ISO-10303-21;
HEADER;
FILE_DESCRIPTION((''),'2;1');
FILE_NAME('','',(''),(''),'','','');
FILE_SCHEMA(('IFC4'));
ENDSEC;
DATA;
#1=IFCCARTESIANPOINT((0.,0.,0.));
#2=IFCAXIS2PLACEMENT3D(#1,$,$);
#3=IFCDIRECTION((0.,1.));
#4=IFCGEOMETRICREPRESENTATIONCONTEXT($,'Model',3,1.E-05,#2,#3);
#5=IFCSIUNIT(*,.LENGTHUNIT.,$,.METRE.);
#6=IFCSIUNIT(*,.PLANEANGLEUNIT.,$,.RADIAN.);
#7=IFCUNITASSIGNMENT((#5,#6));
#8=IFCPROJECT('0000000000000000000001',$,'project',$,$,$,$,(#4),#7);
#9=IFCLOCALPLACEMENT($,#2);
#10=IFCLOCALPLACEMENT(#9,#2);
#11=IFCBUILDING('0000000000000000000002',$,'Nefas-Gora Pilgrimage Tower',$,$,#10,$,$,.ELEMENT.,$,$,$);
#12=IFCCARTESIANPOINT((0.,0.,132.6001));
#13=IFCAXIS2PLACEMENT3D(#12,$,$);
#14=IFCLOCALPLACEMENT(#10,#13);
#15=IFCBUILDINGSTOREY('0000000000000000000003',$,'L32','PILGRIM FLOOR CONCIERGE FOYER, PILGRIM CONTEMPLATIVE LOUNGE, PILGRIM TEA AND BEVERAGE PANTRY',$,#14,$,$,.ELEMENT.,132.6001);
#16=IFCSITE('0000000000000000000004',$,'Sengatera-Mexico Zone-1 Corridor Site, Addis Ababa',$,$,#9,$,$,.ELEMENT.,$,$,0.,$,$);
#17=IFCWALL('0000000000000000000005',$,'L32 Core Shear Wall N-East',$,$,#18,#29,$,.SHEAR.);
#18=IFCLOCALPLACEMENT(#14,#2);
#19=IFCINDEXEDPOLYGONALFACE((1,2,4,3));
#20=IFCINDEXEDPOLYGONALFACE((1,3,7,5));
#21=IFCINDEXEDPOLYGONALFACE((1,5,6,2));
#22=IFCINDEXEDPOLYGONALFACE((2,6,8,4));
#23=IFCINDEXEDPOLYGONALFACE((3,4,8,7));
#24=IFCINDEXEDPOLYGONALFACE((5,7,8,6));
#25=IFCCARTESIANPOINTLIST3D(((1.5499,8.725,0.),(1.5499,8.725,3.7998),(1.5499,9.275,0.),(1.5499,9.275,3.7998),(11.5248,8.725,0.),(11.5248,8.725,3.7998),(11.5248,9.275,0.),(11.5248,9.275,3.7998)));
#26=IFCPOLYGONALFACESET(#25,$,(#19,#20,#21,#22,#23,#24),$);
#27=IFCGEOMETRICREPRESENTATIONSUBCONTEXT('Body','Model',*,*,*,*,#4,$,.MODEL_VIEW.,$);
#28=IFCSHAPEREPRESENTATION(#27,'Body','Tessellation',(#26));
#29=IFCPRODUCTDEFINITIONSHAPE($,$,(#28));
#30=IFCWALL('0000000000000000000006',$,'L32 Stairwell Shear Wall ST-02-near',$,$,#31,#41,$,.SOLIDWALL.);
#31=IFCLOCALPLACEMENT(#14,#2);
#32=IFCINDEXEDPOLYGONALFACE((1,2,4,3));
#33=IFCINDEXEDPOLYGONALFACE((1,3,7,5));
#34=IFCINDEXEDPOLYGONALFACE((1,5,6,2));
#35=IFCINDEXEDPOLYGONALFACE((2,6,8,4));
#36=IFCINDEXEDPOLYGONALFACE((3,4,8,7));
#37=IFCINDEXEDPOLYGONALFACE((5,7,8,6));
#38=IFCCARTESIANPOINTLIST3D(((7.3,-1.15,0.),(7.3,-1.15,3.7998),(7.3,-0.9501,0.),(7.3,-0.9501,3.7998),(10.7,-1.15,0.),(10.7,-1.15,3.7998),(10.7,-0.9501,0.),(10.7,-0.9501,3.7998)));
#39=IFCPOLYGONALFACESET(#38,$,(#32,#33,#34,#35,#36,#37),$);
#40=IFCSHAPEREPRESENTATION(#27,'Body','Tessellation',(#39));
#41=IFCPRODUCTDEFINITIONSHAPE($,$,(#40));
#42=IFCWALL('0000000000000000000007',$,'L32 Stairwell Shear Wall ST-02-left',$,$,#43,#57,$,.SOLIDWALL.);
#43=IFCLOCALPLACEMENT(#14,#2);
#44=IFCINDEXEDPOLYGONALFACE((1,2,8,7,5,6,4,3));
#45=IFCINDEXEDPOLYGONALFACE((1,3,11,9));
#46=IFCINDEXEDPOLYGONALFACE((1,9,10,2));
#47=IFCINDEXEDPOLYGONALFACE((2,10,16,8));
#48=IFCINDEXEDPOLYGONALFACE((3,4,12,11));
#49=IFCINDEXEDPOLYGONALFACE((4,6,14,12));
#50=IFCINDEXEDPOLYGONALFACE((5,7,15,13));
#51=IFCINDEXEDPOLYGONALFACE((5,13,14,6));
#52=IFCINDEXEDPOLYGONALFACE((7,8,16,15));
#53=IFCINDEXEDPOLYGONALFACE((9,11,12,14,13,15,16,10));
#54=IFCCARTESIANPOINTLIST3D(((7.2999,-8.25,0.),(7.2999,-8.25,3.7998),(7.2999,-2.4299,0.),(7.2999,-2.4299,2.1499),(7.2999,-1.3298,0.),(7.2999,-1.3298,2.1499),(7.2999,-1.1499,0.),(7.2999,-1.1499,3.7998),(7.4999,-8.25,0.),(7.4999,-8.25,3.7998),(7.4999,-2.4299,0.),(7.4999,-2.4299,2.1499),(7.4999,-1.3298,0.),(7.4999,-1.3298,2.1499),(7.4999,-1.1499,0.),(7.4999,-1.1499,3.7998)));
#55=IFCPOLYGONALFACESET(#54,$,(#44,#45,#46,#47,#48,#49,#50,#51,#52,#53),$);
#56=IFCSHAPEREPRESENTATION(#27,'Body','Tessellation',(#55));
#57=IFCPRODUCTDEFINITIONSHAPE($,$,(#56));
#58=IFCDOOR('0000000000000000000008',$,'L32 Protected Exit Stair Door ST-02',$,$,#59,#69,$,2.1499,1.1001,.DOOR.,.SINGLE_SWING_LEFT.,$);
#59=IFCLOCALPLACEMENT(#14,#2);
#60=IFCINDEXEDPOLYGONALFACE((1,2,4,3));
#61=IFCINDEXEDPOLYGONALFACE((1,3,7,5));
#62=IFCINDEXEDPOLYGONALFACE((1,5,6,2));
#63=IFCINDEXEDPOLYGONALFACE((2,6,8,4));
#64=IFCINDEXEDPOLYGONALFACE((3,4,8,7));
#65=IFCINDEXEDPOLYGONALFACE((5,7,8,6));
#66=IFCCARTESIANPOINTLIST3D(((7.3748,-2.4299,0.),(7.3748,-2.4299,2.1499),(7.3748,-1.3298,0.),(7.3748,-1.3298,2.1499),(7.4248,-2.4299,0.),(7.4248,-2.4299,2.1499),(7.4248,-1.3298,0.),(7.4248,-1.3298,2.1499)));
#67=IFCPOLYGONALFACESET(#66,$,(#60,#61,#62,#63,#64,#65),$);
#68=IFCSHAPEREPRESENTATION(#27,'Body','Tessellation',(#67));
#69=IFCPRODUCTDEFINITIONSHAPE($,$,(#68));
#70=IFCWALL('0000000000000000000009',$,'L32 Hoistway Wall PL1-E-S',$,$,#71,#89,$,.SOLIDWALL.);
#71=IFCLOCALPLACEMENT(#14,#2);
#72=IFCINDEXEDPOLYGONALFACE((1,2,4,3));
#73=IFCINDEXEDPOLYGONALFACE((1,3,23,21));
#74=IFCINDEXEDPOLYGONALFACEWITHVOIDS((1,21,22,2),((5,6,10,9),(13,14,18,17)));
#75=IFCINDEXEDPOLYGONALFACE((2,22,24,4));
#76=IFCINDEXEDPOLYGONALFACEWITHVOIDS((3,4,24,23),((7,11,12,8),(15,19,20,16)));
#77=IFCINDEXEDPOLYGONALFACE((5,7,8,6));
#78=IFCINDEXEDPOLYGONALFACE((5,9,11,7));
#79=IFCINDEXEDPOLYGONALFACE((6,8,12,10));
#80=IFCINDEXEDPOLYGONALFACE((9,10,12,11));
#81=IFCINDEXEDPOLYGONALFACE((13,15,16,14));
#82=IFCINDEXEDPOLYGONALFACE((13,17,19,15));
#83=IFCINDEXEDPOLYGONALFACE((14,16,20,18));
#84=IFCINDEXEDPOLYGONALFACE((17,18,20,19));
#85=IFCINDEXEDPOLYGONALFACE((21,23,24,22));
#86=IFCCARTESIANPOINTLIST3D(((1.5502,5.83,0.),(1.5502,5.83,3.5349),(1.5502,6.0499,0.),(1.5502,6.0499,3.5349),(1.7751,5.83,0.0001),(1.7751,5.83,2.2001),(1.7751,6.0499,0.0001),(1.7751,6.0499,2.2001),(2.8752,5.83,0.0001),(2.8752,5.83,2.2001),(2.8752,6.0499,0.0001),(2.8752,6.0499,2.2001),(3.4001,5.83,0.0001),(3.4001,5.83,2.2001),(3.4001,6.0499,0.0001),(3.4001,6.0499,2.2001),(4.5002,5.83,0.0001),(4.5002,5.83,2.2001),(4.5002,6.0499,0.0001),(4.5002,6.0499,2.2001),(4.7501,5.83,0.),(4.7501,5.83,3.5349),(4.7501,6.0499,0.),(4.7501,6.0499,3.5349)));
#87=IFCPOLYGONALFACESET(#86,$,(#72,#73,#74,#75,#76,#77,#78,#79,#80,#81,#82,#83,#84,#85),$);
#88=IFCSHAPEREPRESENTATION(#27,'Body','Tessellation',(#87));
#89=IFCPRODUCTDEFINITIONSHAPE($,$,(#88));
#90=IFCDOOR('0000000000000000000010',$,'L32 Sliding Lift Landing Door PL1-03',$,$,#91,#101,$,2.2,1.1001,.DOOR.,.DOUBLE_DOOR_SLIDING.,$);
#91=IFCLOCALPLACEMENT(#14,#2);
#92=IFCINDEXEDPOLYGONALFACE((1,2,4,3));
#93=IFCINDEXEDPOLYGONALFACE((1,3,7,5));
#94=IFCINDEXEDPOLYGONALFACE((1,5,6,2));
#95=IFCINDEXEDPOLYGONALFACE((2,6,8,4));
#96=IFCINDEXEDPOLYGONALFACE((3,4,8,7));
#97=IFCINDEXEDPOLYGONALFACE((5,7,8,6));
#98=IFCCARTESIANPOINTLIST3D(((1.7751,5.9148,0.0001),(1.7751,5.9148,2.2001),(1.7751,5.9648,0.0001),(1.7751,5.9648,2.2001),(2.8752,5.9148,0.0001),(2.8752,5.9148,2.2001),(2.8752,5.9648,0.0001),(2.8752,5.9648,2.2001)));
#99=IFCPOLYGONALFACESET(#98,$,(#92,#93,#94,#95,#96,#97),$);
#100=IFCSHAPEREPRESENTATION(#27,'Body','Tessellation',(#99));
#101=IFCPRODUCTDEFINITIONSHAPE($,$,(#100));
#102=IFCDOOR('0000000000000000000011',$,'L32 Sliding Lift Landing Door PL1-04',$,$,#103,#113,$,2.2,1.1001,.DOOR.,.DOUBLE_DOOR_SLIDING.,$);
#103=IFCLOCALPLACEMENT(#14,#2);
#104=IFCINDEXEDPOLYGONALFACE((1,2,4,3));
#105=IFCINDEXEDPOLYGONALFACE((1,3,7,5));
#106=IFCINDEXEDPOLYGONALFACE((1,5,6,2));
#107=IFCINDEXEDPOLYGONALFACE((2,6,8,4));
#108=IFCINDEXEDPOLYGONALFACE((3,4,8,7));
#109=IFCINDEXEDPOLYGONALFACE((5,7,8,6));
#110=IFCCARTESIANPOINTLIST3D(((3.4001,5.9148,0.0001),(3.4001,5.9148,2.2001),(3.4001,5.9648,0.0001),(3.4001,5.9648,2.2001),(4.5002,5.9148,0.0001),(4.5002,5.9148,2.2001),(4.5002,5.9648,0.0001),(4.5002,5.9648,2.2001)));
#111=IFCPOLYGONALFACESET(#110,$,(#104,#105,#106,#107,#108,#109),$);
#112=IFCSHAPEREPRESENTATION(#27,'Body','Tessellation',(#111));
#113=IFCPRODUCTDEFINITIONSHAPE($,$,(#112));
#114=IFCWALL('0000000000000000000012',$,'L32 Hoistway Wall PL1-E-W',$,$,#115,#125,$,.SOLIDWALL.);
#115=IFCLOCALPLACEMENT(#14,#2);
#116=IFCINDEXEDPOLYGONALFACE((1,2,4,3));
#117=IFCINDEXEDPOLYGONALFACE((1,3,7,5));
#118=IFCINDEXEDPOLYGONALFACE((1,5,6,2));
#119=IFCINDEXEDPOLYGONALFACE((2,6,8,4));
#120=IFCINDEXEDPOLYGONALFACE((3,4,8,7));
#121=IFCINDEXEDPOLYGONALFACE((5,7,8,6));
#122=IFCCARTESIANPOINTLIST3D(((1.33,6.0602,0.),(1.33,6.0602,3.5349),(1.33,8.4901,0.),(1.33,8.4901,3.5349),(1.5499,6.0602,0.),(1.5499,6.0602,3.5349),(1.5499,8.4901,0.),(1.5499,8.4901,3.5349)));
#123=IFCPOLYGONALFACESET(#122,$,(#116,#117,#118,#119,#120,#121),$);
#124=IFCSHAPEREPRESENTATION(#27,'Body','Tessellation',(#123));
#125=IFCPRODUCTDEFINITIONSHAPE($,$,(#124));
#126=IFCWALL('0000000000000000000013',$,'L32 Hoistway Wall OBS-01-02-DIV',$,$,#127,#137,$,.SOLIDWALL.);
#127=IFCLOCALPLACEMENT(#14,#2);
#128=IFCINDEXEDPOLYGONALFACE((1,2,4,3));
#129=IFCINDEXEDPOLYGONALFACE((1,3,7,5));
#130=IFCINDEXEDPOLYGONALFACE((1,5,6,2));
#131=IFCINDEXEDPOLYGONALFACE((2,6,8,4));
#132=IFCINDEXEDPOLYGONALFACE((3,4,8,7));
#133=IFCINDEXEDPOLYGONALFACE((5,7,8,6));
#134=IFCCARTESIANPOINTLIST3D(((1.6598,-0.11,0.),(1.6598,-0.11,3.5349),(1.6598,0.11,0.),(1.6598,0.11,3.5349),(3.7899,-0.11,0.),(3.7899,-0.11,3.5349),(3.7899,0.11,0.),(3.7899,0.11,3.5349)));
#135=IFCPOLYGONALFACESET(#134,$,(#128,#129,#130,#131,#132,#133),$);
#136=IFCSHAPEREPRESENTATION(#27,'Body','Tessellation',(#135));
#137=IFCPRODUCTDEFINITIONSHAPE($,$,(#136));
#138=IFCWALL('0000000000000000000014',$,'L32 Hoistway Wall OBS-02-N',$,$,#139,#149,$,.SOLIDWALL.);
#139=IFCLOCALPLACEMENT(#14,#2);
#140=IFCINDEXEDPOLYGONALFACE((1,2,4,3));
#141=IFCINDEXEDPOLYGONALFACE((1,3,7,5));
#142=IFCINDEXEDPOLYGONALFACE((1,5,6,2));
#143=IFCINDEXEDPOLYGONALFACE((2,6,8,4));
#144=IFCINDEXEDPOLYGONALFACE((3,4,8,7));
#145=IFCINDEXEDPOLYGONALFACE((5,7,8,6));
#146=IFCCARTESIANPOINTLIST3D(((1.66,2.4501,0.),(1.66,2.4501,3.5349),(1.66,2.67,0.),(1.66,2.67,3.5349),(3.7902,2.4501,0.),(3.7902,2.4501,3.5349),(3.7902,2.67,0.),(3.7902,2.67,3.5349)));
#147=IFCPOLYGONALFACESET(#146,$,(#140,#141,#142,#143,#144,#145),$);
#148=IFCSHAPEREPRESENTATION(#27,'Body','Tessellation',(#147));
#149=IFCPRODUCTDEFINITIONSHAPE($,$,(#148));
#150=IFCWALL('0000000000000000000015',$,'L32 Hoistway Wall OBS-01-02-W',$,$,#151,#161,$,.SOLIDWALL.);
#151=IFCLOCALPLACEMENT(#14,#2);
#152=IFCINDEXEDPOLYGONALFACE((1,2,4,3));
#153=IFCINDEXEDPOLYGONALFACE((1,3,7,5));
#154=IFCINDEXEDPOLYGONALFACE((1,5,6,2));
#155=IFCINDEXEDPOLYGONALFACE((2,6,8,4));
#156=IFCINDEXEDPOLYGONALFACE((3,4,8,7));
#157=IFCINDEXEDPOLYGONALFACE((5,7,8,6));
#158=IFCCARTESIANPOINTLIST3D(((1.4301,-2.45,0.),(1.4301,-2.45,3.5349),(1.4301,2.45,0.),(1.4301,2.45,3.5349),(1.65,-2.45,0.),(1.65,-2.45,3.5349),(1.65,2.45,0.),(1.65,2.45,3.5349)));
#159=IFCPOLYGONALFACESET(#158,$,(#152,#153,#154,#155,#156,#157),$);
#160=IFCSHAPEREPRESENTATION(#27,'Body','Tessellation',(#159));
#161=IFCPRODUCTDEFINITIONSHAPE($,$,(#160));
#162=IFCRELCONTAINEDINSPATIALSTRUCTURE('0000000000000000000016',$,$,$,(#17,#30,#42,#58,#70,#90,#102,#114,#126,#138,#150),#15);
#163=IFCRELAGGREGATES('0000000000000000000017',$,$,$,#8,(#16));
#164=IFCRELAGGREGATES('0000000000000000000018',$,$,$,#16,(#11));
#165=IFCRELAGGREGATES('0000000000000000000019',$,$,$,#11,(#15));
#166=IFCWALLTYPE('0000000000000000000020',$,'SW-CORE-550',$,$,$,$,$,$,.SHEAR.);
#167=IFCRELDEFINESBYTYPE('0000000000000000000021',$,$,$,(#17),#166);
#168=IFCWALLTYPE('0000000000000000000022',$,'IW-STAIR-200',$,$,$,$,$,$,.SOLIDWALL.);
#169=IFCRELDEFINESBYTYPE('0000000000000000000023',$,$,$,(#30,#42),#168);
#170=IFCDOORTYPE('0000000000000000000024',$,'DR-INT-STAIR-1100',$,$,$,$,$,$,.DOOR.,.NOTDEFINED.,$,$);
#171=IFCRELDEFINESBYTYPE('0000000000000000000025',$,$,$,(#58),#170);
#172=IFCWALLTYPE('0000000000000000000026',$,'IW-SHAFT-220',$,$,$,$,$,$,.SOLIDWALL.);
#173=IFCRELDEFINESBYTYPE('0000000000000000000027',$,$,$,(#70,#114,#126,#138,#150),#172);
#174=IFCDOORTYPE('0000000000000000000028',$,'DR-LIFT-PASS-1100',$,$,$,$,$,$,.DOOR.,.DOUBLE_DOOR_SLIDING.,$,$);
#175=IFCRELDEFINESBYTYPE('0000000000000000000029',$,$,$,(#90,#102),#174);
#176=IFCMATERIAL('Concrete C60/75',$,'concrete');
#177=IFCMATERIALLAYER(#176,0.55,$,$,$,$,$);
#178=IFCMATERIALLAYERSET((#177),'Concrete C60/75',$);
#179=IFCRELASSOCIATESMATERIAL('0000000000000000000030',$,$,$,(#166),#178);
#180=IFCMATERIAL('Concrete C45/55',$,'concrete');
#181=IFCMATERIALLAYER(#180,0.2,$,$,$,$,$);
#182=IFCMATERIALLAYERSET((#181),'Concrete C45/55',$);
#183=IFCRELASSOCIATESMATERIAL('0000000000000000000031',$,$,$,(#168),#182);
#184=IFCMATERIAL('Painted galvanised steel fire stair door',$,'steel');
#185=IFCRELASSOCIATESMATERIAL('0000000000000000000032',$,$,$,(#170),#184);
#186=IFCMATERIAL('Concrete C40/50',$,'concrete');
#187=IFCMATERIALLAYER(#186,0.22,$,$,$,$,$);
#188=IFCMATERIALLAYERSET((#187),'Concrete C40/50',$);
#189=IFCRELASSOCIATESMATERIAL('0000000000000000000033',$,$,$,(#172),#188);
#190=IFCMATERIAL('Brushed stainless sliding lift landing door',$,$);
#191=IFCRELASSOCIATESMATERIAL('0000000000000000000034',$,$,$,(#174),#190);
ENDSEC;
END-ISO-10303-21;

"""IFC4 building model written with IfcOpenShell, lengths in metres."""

from ifc_helpers import new_model, si_unit, direction, frame, frame_2d, origin, place, context, subcontext, project, spatial, rectangle, extrude, source, transform, mapped, material, layer, layer_set, type_object, element, fill, save


model = new_model("IFC4")

# Units and contexts
model_context = context("Model", 3, precision=1e-05, world=origin(), true_north=direction((0.0, 1.0)))
body_context = subcontext(model_context, "Body", "Model", "MODEL_VIEW")
ifc_project = project(units=[si_unit("LENGTHUNIT", "METRE"), si_unit("PLANEANGLEUNIT", "RADIAN")], contexts=[model_context])

# Site, building, storey
site_placement = place(None, origin())
site = spatial("IfcSite", under=ifc_project, at=site_placement, Name="Sengatera-Mexico Zone-1 Corridor Site, Addis Ababa", CompositionType="ELEMENT", RefElevation=0.0)
building_placement = place(site_placement, origin())
building = spatial("IfcBuilding", under=site, at=building_placement, Name="Nefas-Gora Pilgrimage Tower", CompositionType="ELEMENT")
storey_placement = place(building_placement, frame((0.0, 0.0, 132.6001)))
storey = spatial("IfcBuildingStorey", under=building, at=storey_placement, Name="L32", Description="PILGRIM FLOOR CONCIERGE FOYER, PILGRIM CONTEMPLATIVE LOUNGE, PILGRIM TEA AND BEVERAGE PANTRY", CompositionType="ELEMENT", Elevation=132.6001)

# Walls
ifc_material_1 = material(Name="Concrete C60/75", Category="concrete")
ifc_layer_1 = layer(ifc_material_1, 0.55)
ifc_layer_set_1 = layer_set([ifc_layer_1], Name="Concrete C60/75")
wall_type_1 = type_object("IfcWallType", Name="SW-CORE-550", PredefinedType="SHEAR", material=ifc_layer_set_1)
shared_shape_1 = source(origin(), body_context, "Body", "SweptSolid", [
    extrude(rectangle(XDim=9.9749, YDim=0.55, at=frame_2d((4.9873, 0.0))), origin(), (0.0, 0.0, 1.0), 3.7998),
])
wall_1_placement = place(storey_placement, frame((1.55, 9.0, 0.0), z_axis=(0.0, 0.0, 1.0), x_axis=(1.0, 0.0, 0.0)))
element("IfcWall", 1, at=wall_1_placement, inside=storey, type_object=wall_type_1, Name="L32 Core Shear Wall N-East", PredefinedType="SHEAR", context=body_context, shape_type="MappedRepresentation", body=[
    mapped(shared_shape_1, transform((0.0, 0.0, 0.0), x_axis=(1.0, 0.0, 0.0), y_axis=(0.0, 1.0, 0.0), z_axis=(0.0, 0.0, 1.0), scale=1.0)),
])
ifc_material_2 = material(Name="Concrete C45/55", Category="concrete")
ifc_layer_2 = layer(ifc_material_2, 0.2)
ifc_layer_set_2 = layer_set([ifc_layer_2], Name="Concrete C45/55")
wall_type_2 = type_object("IfcWallType", Name="IW-STAIR-200", PredefinedType="SOLIDWALL", material=ifc_layer_set_2)
shared_shape_2 = source(origin(), body_context, "Body", "SweptSolid", [
    extrude(rectangle(XDim=3.3999, YDim=0.2, at=frame_2d((1.7, 0.0))), origin(), (0.0, 0.0, 1.0), 3.7998),
])
wall_2_placement = place(storey_placement, frame((7.3, -1.05, 0.0), z_axis=(0.0, 0.0, 1.0), x_axis=(1.0, 0.0, 0.0)))
element("IfcWall", 2, at=wall_2_placement, inside=storey, type_object=wall_type_2, Name="L32 Stairwell Shear Wall ST-02-near", PredefinedType="SOLIDWALL", context=body_context, shape_type="MappedRepresentation", body=[
    mapped(shared_shape_2, transform((0.0, 0.0, 0.0), x_axis=(1.0, 0.0, 0.0), y_axis=(0.0, 1.0, 0.0), z_axis=(0.0, 0.0, 1.0), scale=1.0)),
])

# Wall, opening, door
shared_shape_3 = source(origin(), body_context, "Body", "SweptSolid", [
    extrude(rectangle(XDim=7.1001, YDim=0.2, at=frame_2d((3.55, 0.0))), origin(), (0.0, 0.0, 1.0), 3.7998),
])
wall_3_placement = place(storey_placement, frame((7.3999, -1.1499, 0.0), z_axis=(0.0, 0.0, 1.0), x_axis=(0.0, -1.0, 0.0)))
wall_3 = element("IfcWall", 3, at=wall_3_placement, inside=storey, type_object=wall_type_2, Name="L32 Stairwell Shear Wall ST-02-left", PredefinedType="SOLIDWALL", context=body_context, shape_type="MappedRepresentation", body=[
    mapped(shared_shape_3, transform((0.0, 0.0, 0.0), x_axis=(1.0, 0.0, 0.0), y_axis=(0.0, 1.0, 0.0), z_axis=(0.0, 0.0, 1.0), scale=1.0)),
])
opening_1_placement = place(wall_3_placement, frame((0.1799, 0.0, 0.0)))
opening_1 = element("IfcOpeningElement", 4, at=opening_1_placement, cuts=wall_3, PredefinedType="OPENING", context=body_context, shape_type="SweptSolid", body=[
    extrude(rectangle(XDim=1.1001, YDim=2.1499, at=frame_2d((0.55, 1.075))), frame((0.0, 0.1099, 0.0), z_axis=(0.0, -1.0, 0.0), x_axis=(1.0, 0.0, 0.0)), (0.0, 0.0, 1.0), 0.22),
])
ifc_material_3 = material(Name="Painted galvanised steel fire stair door", Category="steel")
door_type_1 = type_object("IfcDoorType", Name="DR-INT-STAIR-1100", OperationType="NOTDEFINED", PredefinedType="DOOR", material=ifc_material_3)
shared_shape_4 = source(origin(), body_context, "Body", "SweptSolid", [
    extrude(rectangle(XDim=1.1001, YDim=2.1499, at=frame_2d((0.55, 1.075))), frame((0.0, 0.0249, 0.0), z_axis=(0.0, -1.0, 0.0), x_axis=(1.0, 0.0, 0.0)), (0.0, 0.0, 1.0), 0.05),
])
door_1_placement = place(opening_1_placement, origin())
door_1 = element("IfcDoor", 5, at=door_1_placement, inside=storey, type_object=door_type_1, Name="L32 Protected Exit Stair Door ST-02", OperationType="SINGLE_SWING_LEFT", OverallHeight=2.1499, OverallWidth=1.1001, PredefinedType="DOOR", context=body_context, shape_type="MappedRepresentation", body=[
    mapped(shared_shape_4, transform((0.0, 0.0, 0.0), x_axis=(1.0, 0.0, 0.0), y_axis=(0.0, 1.0, 0.0), z_axis=(0.0, 0.0, 1.0), scale=1.0)),
])
fill(opening_1, door_1)

# Wall, openings, doors
ifc_material_4 = material(Name="Concrete C40/50", Category="concrete")
ifc_layer_3 = layer(ifc_material_4, 0.22)
ifc_layer_set_3 = layer_set([ifc_layer_3], Name="Concrete C40/50")
wall_type_3 = type_object("IfcWallType", Name="IW-SHAFT-220", PredefinedType="SOLIDWALL", material=ifc_layer_set_3)
shared_shape_5 = source(origin(), body_context, "Body", "SweptSolid", [
    extrude(rectangle(XDim=3.2, YDim=0.22, at=frame_2d((1.6001, 0.0))), origin(), (0.0, 0.0, 1.0), 3.5349),
])
wall_4_placement = place(storey_placement, frame((1.55, 5.9399, 0.0), z_axis=(0.0, 0.0, 1.0), x_axis=(1.0, 0.0, 0.0)))
wall_4 = element("IfcWall", 6, at=wall_4_placement, inside=storey, type_object=wall_type_3, Name="L32 Hoistway Wall PL1-E-S", PredefinedType="SOLIDWALL", context=body_context, shape_type="MappedRepresentation", body=[
    mapped(shared_shape_5, transform((0.0, 0.0, 0.0), x_axis=(1.0, 0.0, 0.0), y_axis=(0.0, 1.0, 0.0), z_axis=(0.0, 0.0, 1.0), scale=1.0)),
])
opening_2_placement = place(wall_4_placement, frame((0.2251, 0.0, 0.0)))
opening_2 = element("IfcOpeningElement", 7, at=opening_2_placement, cuts=wall_4, PredefinedType="OPENING", context=body_context, shape_type="SweptSolid", body=[
    extrude(rectangle(XDim=1.1001, YDim=2.2, at=frame_2d((0.55, 1.1001))), frame((0.0, 0.1199, 0.0), z_axis=(0.0, -1.0, 0.0), x_axis=(1.0, 0.0, 0.0)), (0.0, 0.0, 1.0), 0.24),
])
opening_3_placement = place(wall_4_placement, frame((1.8501, 0.0, 0.0)))
opening_3 = element("IfcOpeningElement", 8, at=opening_3_placement, cuts=wall_4, PredefinedType="OPENING", context=body_context, shape_type="SweptSolid", body=[
    extrude(rectangle(XDim=1.1001, YDim=2.2, at=frame_2d((0.55, 1.1001))), frame((0.0, 0.1199, 0.0), z_axis=(0.0, -1.0, 0.0), x_axis=(1.0, 0.0, 0.0)), (0.0, 0.0, 1.0), 0.24),
])
ifc_material_5 = material(Name="Brushed stainless sliding lift landing door")
door_type_2 = type_object("IfcDoorType", Name="DR-LIFT-PASS-1100", OperationType="DOUBLE_DOOR_SLIDING", PredefinedType="DOOR", material=ifc_material_5)
shared_shape_6 = source(origin(), body_context, "Body", "SweptSolid", [
    extrude(rectangle(XDim=1.1001, YDim=2.2, at=frame_2d((0.55, 1.1001))), frame((0.0, 0.0249, 0.0), z_axis=(0.0, -1.0, 0.0), x_axis=(1.0, 0.0, 0.0)), (0.0, 0.0, 1.0), 0.05),
])
door_2_placement = place(opening_2_placement, origin())
door_2 = element("IfcDoor", 9, at=door_2_placement, inside=storey, type_object=door_type_2, Name="L32 Sliding Lift Landing Door PL1-03", OperationType="DOUBLE_DOOR_SLIDING", OverallHeight=2.2, OverallWidth=1.1001, PredefinedType="DOOR", context=body_context, shape_type="MappedRepresentation", body=[
    mapped(shared_shape_6, transform((0.0, 0.0, 0.0), x_axis=(1.0, 0.0, 0.0), y_axis=(0.0, 1.0, 0.0), z_axis=(0.0, 0.0, 1.0), scale=1.0)),
])
fill(opening_2, door_2)
door_3_placement = place(opening_3_placement, origin())
door_3 = element("IfcDoor", 10, at=door_3_placement, inside=storey, type_object=door_type_2, Name="L32 Sliding Lift Landing Door PL1-04", OperationType="DOUBLE_DOOR_SLIDING", OverallHeight=2.2, OverallWidth=1.1001, PredefinedType="DOOR", context=body_context, shape_type="MappedRepresentation", body=[
    mapped(shared_shape_6, transform((0.0, 0.0, 0.0), x_axis=(1.0, 0.0, 0.0), y_axis=(0.0, 1.0, 0.0), z_axis=(0.0, 0.0, 1.0), scale=1.0)),
])
fill(opening_3, door_3)

# Walls
shared_shape_7 = source(origin(), body_context, "Body", "SweptSolid", [
    extrude(rectangle(XDim=2.4299, YDim=0.22, at=frame_2d((1.2148, 0.0))), origin(), (0.0, 0.0, 1.0), 3.5349),
])
for number, where, z_axis, x_axis, name in (
    (11, (1.4399, 8.49, 0.0), (0.0, 0.0, 1.0), (0.0, -1.0, 0.0), "L32 Hoistway Wall PL1-E-W"),
):
    element("IfcWall", number, at=place(storey_placement, frame(where, z_axis=z_axis, x_axis=x_axis)), inside=storey, type_object=wall_type_3, Name=name, PredefinedType="SOLIDWALL", context=body_context, shape_type="MappedRepresentation", body=[
        mapped(shared_shape_7, transform((0.0, 0.0, 0.0), x_axis=(1.0, 0.0, 0.0), y_axis=(0.0, 1.0, 0.0), z_axis=(0.0, 0.0, 1.0), scale=1.0)),
    ])
shared_shape_8 = source(origin(), body_context, "Body", "SweptSolid", [
    extrude(rectangle(XDim=2.1301, YDim=0.22, at=frame_2d((1.0649, 0.0))), origin(), (0.0, 0.0, 1.0), 3.5349),
])
for number, where, z_axis, x_axis, name in (
    (12, (1.6599, 0.0, 0.0), (0.0, 0.0, 1.0), (1.0, 0.0, 0.0), "L32 Hoistway Wall OBS-01-02-DIV"),
    (13, (3.79, 2.5601, 0.0), (0.0, 0.0, 1.0), (-1.0, 0.0, 0.0), "L32 Hoistway Wall OBS-02-N"),
):
    element("IfcWall", number, at=place(storey_placement, frame(where, z_axis=z_axis, x_axis=x_axis)), inside=storey, type_object=wall_type_3, Name=name, PredefinedType="SOLIDWALL", context=body_context, shape_type="MappedRepresentation", body=[
        mapped(shared_shape_8, transform((0.0, 0.0, 0.0), x_axis=(1.0, 0.0, 0.0), y_axis=(0.0, 1.0, 0.0), z_axis=(0.0, 0.0, 1.0), scale=1.0)),
    ])
shared_shape_9 = source(origin(), body_context, "Body", "SweptSolid", [
    extrude(rectangle(XDim=4.8999, YDim=0.22, at=frame_2d((2.45, 0.0))), origin(), (0.0, 0.0, 1.0), 3.5349),
])
wall_5_placement = place(storey_placement, frame((1.54, 2.45, 0.0), z_axis=(0.0, 0.0, 1.0), x_axis=(0.0, -1.0, 0.0)))
element("IfcWall", 14, at=wall_5_placement, inside=storey, type_object=wall_type_3, Name="L32 Hoistway Wall OBS-01-02-W", PredefinedType="SOLIDWALL", context=body_context, shape_type="MappedRepresentation", body=[
    mapped(shared_shape_9, transform((0.0, 0.0, 0.0), x_axis=(1.0, 0.0, 0.0), y_axis=(0.0, 1.0, 0.0), z_axis=(0.0, 0.0, 1.0), scale=1.0)),
])

save(model, "model.ifc")
